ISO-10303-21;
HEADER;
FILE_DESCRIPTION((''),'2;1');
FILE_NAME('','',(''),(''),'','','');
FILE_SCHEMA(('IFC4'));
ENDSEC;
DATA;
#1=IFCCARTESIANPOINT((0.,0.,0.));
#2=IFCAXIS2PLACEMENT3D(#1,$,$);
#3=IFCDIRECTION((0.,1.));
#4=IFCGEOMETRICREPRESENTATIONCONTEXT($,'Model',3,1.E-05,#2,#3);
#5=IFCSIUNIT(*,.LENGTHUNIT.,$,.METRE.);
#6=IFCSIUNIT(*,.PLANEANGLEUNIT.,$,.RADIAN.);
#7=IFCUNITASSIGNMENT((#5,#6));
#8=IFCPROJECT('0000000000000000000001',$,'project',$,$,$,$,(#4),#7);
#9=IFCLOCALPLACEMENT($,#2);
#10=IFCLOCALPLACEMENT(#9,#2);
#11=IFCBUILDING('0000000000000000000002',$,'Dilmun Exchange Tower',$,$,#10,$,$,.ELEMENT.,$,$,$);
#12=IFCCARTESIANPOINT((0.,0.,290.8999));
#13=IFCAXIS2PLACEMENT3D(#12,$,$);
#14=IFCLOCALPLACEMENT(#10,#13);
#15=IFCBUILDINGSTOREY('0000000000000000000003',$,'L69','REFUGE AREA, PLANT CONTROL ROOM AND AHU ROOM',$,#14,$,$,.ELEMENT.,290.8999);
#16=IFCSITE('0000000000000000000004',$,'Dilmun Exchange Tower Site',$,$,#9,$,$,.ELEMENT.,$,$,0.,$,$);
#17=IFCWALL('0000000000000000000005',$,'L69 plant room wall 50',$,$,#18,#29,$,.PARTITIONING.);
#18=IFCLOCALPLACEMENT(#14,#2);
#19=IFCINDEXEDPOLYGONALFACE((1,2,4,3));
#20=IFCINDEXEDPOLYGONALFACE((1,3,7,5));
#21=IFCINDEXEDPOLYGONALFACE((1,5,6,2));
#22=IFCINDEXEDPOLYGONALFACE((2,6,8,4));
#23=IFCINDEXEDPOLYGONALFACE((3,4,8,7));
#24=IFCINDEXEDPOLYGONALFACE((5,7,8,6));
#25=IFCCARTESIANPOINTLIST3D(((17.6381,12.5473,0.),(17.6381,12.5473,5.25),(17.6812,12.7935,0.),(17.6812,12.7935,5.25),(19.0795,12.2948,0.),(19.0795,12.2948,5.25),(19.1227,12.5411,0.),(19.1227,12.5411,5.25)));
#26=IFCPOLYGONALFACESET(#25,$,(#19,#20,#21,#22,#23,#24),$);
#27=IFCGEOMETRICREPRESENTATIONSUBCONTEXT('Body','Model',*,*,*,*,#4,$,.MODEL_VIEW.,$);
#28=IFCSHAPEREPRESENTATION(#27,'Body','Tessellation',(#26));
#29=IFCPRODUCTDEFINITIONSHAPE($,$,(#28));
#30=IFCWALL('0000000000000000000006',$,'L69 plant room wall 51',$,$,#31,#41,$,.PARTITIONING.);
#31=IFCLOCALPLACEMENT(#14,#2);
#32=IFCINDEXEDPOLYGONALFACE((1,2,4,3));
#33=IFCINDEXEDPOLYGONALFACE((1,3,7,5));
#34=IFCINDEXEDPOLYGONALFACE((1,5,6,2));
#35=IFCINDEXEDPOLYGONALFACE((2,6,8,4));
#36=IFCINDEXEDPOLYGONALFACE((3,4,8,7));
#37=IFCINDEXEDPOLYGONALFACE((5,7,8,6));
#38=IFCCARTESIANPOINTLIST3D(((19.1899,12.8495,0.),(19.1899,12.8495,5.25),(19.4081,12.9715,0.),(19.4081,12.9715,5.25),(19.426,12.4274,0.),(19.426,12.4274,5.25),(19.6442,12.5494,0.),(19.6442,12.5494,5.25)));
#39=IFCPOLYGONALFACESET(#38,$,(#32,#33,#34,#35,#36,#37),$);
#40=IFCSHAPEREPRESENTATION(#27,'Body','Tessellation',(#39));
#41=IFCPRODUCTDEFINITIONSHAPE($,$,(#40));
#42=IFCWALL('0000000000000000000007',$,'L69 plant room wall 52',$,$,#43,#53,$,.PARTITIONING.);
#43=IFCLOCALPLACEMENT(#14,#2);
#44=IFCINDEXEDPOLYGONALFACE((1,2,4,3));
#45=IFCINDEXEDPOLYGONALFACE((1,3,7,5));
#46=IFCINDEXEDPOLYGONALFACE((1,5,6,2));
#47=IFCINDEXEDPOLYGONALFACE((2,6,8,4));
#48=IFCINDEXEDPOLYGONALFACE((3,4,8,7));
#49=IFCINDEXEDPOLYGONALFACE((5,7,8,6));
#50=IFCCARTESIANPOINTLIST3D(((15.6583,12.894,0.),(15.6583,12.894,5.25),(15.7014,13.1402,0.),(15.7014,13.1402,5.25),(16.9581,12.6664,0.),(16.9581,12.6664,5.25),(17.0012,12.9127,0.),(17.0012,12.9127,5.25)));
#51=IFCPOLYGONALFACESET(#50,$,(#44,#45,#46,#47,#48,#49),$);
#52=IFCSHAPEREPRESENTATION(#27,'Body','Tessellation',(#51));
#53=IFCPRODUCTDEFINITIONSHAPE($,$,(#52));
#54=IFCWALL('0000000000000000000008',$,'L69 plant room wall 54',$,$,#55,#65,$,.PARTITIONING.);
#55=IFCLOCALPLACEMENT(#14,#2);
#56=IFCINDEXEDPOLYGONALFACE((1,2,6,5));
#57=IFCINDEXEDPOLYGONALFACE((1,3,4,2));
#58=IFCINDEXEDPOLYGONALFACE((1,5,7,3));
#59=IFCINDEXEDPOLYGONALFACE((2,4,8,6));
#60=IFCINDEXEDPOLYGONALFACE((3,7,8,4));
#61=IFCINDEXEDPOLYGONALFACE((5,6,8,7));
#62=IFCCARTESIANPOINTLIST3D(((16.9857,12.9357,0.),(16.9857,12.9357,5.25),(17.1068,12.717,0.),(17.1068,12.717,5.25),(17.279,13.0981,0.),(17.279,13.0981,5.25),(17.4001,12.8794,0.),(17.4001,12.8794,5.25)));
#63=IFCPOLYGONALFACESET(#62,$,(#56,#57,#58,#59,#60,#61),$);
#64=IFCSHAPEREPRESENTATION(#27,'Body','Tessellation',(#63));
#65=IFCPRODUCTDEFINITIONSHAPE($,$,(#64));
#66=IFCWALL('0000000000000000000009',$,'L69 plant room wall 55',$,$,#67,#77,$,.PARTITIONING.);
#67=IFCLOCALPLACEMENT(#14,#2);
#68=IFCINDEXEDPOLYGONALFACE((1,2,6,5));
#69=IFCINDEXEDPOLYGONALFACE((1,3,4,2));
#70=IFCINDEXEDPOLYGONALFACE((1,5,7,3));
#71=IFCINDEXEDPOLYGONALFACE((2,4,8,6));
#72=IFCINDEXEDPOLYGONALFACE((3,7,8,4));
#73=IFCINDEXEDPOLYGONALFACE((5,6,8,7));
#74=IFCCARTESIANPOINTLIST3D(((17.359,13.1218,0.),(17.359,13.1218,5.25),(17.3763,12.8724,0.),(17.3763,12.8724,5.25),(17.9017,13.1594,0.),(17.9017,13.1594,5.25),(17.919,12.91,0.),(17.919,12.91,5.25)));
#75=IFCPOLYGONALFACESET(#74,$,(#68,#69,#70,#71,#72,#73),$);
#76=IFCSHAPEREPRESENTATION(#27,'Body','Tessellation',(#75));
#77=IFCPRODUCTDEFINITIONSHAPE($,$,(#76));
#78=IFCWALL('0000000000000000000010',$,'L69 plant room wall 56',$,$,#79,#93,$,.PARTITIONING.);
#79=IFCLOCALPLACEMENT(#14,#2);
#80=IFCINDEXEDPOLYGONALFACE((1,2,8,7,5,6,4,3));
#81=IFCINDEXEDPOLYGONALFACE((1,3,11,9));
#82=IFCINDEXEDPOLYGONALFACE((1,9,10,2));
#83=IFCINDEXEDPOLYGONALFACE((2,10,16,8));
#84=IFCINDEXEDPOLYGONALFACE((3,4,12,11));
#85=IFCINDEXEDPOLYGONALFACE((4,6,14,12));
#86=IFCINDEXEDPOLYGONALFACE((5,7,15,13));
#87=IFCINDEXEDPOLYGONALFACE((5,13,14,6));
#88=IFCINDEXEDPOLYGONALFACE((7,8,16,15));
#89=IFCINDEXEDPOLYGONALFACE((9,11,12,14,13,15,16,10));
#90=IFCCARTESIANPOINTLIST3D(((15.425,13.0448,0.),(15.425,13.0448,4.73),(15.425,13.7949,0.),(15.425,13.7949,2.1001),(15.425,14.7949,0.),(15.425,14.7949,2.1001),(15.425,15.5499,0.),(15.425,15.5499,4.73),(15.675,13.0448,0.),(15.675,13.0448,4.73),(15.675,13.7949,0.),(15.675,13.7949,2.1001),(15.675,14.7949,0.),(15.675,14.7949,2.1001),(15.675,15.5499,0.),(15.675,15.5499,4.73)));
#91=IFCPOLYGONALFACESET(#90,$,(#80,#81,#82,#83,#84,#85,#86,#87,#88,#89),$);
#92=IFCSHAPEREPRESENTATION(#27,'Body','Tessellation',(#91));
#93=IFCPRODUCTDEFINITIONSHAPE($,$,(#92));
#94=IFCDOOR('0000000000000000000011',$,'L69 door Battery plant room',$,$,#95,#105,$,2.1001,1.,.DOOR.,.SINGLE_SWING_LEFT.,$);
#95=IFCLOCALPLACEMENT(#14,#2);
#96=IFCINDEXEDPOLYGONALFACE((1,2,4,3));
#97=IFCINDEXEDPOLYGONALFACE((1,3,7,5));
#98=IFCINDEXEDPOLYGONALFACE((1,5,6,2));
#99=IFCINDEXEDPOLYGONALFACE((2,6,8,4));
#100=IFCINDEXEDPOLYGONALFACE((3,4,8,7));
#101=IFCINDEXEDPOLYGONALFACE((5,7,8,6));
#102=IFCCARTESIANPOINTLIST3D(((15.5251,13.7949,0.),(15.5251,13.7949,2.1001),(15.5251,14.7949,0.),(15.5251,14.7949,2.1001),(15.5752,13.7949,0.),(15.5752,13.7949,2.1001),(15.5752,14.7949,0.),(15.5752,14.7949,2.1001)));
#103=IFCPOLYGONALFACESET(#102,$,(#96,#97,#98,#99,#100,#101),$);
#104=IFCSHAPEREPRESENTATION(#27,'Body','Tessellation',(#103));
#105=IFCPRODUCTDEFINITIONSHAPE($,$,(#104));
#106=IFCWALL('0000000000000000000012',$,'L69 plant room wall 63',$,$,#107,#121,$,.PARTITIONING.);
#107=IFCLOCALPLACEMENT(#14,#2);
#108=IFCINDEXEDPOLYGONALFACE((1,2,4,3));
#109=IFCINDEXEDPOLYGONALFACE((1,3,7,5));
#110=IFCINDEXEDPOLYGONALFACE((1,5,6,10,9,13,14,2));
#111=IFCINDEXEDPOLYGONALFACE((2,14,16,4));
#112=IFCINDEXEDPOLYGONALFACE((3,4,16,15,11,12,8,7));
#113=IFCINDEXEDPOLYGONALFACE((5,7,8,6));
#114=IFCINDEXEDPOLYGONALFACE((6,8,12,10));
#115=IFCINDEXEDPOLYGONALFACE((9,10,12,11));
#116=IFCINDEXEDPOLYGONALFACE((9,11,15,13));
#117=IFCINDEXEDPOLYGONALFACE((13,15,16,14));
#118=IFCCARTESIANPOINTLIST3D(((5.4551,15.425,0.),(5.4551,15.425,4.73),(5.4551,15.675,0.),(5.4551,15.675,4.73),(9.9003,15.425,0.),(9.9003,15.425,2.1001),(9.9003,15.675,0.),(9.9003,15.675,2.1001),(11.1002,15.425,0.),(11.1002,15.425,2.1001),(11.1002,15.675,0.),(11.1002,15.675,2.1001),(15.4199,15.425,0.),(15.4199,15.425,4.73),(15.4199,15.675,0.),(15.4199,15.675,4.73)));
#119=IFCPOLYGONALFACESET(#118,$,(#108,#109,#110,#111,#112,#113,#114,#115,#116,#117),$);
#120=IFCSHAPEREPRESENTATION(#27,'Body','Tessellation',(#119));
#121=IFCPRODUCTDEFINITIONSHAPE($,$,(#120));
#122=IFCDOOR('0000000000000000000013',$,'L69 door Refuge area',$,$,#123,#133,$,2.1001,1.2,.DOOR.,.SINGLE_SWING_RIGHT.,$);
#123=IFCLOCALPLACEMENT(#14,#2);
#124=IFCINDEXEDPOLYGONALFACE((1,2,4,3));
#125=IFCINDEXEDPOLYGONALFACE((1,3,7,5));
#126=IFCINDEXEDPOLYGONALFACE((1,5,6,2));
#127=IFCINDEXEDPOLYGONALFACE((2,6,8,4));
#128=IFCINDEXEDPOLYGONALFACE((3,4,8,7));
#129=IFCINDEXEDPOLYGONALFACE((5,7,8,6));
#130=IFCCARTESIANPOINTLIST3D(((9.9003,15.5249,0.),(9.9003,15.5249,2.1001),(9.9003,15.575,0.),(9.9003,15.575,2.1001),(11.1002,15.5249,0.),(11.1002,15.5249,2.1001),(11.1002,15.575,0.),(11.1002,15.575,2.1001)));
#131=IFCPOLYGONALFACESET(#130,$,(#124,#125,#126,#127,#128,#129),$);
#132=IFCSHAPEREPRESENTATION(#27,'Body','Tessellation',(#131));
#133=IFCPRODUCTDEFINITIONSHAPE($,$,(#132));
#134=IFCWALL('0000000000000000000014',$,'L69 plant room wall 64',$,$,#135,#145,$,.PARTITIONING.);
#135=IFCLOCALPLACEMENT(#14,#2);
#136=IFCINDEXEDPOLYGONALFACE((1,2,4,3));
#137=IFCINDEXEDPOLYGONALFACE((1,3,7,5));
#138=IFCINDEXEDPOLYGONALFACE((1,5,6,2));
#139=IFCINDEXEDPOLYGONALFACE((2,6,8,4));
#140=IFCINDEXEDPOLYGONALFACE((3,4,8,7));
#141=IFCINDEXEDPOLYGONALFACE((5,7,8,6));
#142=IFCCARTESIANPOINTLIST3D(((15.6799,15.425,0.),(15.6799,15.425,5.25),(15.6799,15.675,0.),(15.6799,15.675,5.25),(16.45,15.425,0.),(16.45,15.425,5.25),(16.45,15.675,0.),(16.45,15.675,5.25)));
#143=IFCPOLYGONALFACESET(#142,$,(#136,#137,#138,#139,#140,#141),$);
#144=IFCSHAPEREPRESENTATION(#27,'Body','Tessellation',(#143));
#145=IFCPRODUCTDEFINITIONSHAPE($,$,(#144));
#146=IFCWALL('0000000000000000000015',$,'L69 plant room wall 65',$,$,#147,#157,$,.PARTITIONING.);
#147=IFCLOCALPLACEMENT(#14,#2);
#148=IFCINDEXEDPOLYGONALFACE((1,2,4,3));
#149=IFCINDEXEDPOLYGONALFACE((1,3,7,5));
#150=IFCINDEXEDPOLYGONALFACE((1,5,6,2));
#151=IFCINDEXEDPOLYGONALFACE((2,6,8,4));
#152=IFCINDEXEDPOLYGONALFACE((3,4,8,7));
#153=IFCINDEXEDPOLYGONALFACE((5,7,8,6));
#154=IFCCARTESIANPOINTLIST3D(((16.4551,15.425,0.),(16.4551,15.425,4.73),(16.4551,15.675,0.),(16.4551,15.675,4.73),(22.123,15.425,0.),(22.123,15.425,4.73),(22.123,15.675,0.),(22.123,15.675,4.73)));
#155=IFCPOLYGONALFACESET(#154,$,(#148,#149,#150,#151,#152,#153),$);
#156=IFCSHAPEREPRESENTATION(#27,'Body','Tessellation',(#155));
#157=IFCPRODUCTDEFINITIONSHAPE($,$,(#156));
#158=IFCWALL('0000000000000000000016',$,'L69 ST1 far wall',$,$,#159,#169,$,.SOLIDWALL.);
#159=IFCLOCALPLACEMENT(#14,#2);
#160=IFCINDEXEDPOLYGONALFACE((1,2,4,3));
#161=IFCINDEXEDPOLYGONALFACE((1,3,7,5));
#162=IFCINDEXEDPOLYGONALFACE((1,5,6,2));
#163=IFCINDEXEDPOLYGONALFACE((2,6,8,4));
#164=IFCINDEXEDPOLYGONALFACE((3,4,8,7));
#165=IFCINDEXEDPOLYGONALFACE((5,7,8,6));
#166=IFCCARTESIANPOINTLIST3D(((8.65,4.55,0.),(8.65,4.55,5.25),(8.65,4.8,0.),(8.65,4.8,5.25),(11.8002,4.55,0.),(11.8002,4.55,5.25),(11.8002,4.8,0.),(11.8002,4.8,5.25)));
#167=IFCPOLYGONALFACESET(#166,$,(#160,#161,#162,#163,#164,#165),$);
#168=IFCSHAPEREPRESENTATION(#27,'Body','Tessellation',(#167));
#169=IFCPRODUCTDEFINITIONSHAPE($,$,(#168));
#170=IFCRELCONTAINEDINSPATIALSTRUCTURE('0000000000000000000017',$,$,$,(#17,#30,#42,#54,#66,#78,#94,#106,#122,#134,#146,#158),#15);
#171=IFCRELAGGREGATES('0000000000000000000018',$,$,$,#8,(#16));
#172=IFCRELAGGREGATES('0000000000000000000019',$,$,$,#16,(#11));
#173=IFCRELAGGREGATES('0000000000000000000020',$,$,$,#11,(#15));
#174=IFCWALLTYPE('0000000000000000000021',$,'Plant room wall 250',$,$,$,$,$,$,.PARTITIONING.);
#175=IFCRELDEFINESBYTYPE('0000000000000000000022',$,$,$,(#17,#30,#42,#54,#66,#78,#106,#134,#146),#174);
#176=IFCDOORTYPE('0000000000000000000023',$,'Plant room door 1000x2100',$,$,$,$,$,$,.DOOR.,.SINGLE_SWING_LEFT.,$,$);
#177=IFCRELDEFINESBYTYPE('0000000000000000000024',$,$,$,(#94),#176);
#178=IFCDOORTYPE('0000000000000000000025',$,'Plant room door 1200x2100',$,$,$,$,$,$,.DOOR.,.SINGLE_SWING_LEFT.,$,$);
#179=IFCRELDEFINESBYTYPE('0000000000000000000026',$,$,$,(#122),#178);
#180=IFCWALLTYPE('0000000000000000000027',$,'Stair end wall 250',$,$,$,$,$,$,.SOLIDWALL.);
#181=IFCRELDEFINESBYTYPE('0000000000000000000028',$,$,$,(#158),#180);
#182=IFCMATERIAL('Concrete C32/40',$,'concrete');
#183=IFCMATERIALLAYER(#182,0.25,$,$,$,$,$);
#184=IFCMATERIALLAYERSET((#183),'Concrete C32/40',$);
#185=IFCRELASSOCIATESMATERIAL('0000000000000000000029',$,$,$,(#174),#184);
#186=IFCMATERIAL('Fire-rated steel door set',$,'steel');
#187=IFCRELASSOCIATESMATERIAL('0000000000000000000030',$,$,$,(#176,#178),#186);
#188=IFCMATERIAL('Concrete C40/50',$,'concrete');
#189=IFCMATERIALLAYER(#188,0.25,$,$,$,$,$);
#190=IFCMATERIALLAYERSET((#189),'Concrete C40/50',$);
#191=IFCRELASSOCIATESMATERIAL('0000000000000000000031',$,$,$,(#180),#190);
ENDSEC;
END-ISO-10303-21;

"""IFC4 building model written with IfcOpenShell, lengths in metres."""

from ifc_helpers import new_model, si_unit, direction, frame, frame_2d, origin, place, context, subcontext, project, spatial, rectangle, extrude, material, layer, layer_set, type_object, element, fill, save


model = new_model("IFC4")

# Units and contexts
model_context = context("Model", 3, precision=1e-05, world=origin(), true_north=direction((0.0, 1.0)))
body_context = subcontext(model_context, "Body", "Model", "MODEL_VIEW")
ifc_project = project(units=[si_unit("LENGTHUNIT", "METRE"), si_unit("PLANEANGLEUNIT", "RADIAN")], contexts=[model_context])

# Site, building, storey
site_placement = place(None, origin())
site = spatial("IfcSite", under=ifc_project, at=site_placement, Name="Dilmun Exchange Tower Site", CompositionType="ELEMENT", RefElevation=0.0)
building_placement = place(site_placement, origin())
building = spatial("IfcBuilding", under=site, at=building_placement, Name="Dilmun Exchange Tower", CompositionType="ELEMENT")
storey_placement = place(building_placement, frame((0.0, 0.0, 290.8999)))
storey = spatial("IfcBuildingStorey", under=building, at=storey_placement, Name="L69", Description="REFUGE AREA, PLANT CONTROL ROOM AND AHU ROOM", CompositionType="ELEMENT", Elevation=290.8999)

# Shared definitions
ifc_material_1 = material(Name="Concrete C40/50", Category="concrete")

# Shared definitions
ifc_material_2 = material(Name="Concrete C32/40", Category="concrete")
ifc_layer_1 = layer(ifc_material_2, 0.25)
ifc_layer_set_1 = layer_set([ifc_layer_1], Name="Concrete C32/40")
wall_type_1 = type_object("IfcWallType", Name="Plant room wall 250", PredefinedType="PARTITIONING", material=ifc_layer_set_1)
ifc_material_3 = material(Name="Fire-rated steel door set", Category="steel")
door_type_1 = type_object("IfcDoorType", Name="Plant room door 1000x2100", OperationType="SINGLE_SWING_LEFT", PredefinedType="DOOR", material=ifc_material_3)

# Walls
wall_1_placement = place(storey_placement, frame((17.6597, 12.6704, 0.0), z_axis=(0.0, 0.0, 1.0), x_axis=(0.985008, -0.17251, 0.0)))
element("IfcWall", 1, at=wall_1_placement, inside=storey, type_object=wall_type_1, Name="L69 plant room wall 50", PredefinedType="PARTITIONING", context=body_context, shape_type="SweptSolid", body=[
    extrude(rectangle(XDim=1.4634, YDim=0.25, at=frame_2d((0.7317, 0.0))), origin(), (0.0, 0.0, 1.0), 5.25),
])
wall_2_placement = place(storey_placement, frame((19.2991, 12.9104, 0.0), z_axis=(0.0, 0.0, 1.0), x_axis=(0.488127, -0.872773, 0.0)))
element("IfcWall", 2, at=wall_2_placement, inside=storey, type_object=wall_type_1, Name="L69 plant room wall 51", PredefinedType="PARTITIONING", context=body_context, shape_type="SweptSolid", body=[
    extrude(rectangle(XDim=0.4836, YDim=0.25, at=frame_2d((0.2417, 0.0))), origin(), (0.0, 0.0, 1.0), 5.25),
])
wall_3_placement = place(storey_placement, frame((15.6799, 13.0171, 0.0), z_axis=(0.0, 0.0, 1.0), x_axis=(0.985021, -0.172434, 0.0)))
element("IfcWall", 3, at=wall_3_placement, inside=storey, type_object=wall_type_1, Name="L69 plant room wall 52", PredefinedType="PARTITIONING", context=body_context, shape_type="SweptSolid", body=[
    extrude(rectangle(XDim=1.3196, YDim=0.25, at=frame_2d((0.6597, 0.0))), origin(), (0.0, 0.0, 1.0), 5.25),
])
wall_4_placement = place(storey_placement, frame((17.0464, 12.8264, 0.0), z_axis=(0.0, 0.0, 1.0), x_axis=(0.874844, 0.484405, 0.0)))
element("IfcWall", 4, at=wall_4_placement, inside=storey, type_object=wall_type_1, Name="L69 plant room wall 54", PredefinedType="PARTITIONING", context=body_context, shape_type="SweptSolid", body=[
    extrude(rectangle(XDim=0.3352, YDim=0.25, at=frame_2d((0.1675, 0.0))), origin(), (0.0, 0.0, 1.0), 5.25),
])
wall_5_placement = place(storey_placement, frame((17.3677, 12.9971, 0.0), z_axis=(0.0, 0.0, 1.0), x_axis=(0.997609, 0.06911, 0.0)))
element("IfcWall", 5, at=wall_5_placement, inside=storey, type_object=wall_type_1, Name="L69 plant room wall 55", PredefinedType="PARTITIONING", context=body_context, shape_type="SweptSolid", body=[
    extrude(rectangle(XDim=0.5439, YDim=0.25, at=frame_2d((0.272, 0.0))), origin(), (0.0, 0.0, 1.0), 5.25),
])

# Walls, openings, doors
wall_6_placement = place(storey_placement, frame((15.55, 13.0449, 0.0), z_axis=(0.0, 0.0, 1.0), x_axis=(0.0, 1.0, 0.0)))
wall_6 = element("IfcWall", 6, at=wall_6_placement, inside=storey, type_object=wall_type_1, Name="L69 plant room wall 56", PredefinedType="PARTITIONING", context=body_context, shape_type="SweptSolid", body=[
    extrude(rectangle(XDim=2.5051, YDim=0.25, at=frame_2d((1.2524, 0.0))), origin(), (0.0, 0.0, 1.0), 4.73),
])
opening_1_placement = place(wall_6_placement, frame((0.75, 0.0, 0.0)))
opening_1 = element("IfcOpeningElement", 7, at=opening_1_placement, cuts=wall_6, PredefinedType="OPENING", context=body_context, shape_type="SweptSolid", body=[
    extrude(rectangle(XDim=1.0, YDim=2.1001, at=frame_2d((0.5, 1.05))), frame((0.0, 0.135, 0.0), z_axis=(0.0, -1.0, 0.0), x_axis=(1.0, 0.0, 0.0)), (0.0, 0.0, 1.0), 0.27),
])
door_1_placement = place(opening_1_placement, origin())
door_1 = element("IfcDoor", 8, at=door_1_placement, inside=storey, type_object=door_type_1, Name="L69 door Battery plant room", OperationType="SINGLE_SWING_LEFT", OverallHeight=2.1001, OverallWidth=1.0, PredefinedType="DOOR", context=body_context, shape_type="SweptSolid", body=[
    extrude(rectangle(XDim=1.0, YDim=2.1001, at=frame_2d((0.5, 1.05))), frame((0.0, 0.0249, 0.0), z_axis=(0.0, -1.0, 0.0), x_axis=(1.0, 0.0, 0.0)), (0.0, 0.0, 1.0), 0.05),
])
fill(opening_1, door_1)
wall_7_placement = place(storey_placement, frame((5.4551, 15.55, 0.0), z_axis=(0.0, 0.0, 1.0), x_axis=(1.0, 0.0, 0.0)))
wall_7 = element("IfcWall", 9, at=wall_7_placement, inside=storey, type_object=wall_type_1, Name="L69 plant room wall 63", PredefinedType="PARTITIONING", context=body_context, shape_type="SweptSolid", body=[
    extrude(rectangle(XDim=9.9648, YDim=0.25, at=frame_2d((4.9824, 0.0))), origin(), (0.0, 0.0, 1.0), 4.73),
])
opening_2_placement = place(wall_7_placement, frame((4.4451, 0.0, 0.0)))
opening_2 = element("IfcOpeningElement", 10, at=opening_2_placement, cuts=wall_7, PredefinedType="OPENING", context=body_context, shape_type="SweptSolid", body=[
    extrude(rectangle(XDim=1.2, YDim=2.1001, at=frame_2d((0.6001, 1.05))), frame((0.0, 0.135, 0.0), z_axis=(0.0, -1.0, 0.0), x_axis=(1.0, 0.0, 0.0)), (0.0, 0.0, 1.0), 0.27),
])
door_type_2 = type_object("IfcDoorType", Name="Plant room door 1200x2100", OperationType="SINGLE_SWING_LEFT", PredefinedType="DOOR", material=ifc_material_3)
door_2_placement = place(opening_2_placement, origin())
door_2 = element("IfcDoor", 11, at=door_2_placement, inside=storey, type_object=door_type_2, Name="L69 door Refuge area", OperationType="SINGLE_SWING_RIGHT", OverallHeight=2.1001, OverallWidth=1.2, PredefinedType="DOOR", context=body_context, shape_type="SweptSolid", body=[
    extrude(rectangle(XDim=1.2, YDim=2.1001, at=frame_2d((0.6001, 1.05))), frame((0.0, 0.0249, 0.0), z_axis=(0.0, -1.0, 0.0), x_axis=(1.0, 0.0, 0.0)), (0.0, 0.0, 1.0), 0.05),
])
fill(opening_2, door_2)

# Walls
wall_8_placement = place(storey_placement, frame((15.6799, 15.55, 0.0), z_axis=(0.0, 0.0, 1.0), x_axis=(1.0, 0.0, 0.0)))
element("IfcWall", 12, at=wall_8_placement, inside=storey, type_object=wall_type_1, Name="L69 plant room wall 64", PredefinedType="PARTITIONING", context=body_context, shape_type="SweptSolid", body=[
    extrude(rectangle(XDim=0.77, YDim=0.25, at=frame_2d((0.385, 0.0))), origin(), (0.0, 0.0, 1.0), 5.25),
])
wall_9_placement = place(storey_placement, frame((16.4551, 15.55, 0.0), z_axis=(0.0, 0.0, 1.0), x_axis=(1.0, 0.0, 0.0)))
element("IfcWall", 13, at=wall_9_placement, inside=storey, type_object=wall_type_1, Name="L69 plant room wall 65", PredefinedType="PARTITIONING", context=body_context, shape_type="SweptSolid", body=[
    extrude(rectangle(XDim=5.668, YDim=0.25, at=frame_2d((2.834, 0.0))), origin(), (0.0, 0.0, 1.0), 4.73),
])
ifc_layer_2 = layer(ifc_material_1, 0.25)
ifc_layer_set_2 = layer_set([ifc_layer_2], Name="Concrete C40/50")
wall_type_2 = type_object("IfcWallType", Name="Stair end wall 250", PredefinedType="SOLIDWALL", material=ifc_layer_set_2)
wall_10_placement = place(storey_placement, frame((8.6499, 4.675, 0.0), z_axis=(0.0, 0.0, 1.0), x_axis=(1.0, 0.0, 0.0)))
element("IfcWall", 14, at=wall_10_placement, inside=storey, type_object=wall_type_2, Name="L69 ST1 far wall", PredefinedType="SOLIDWALL", context=body_context, shape_type="SweptSolid", body=[
    extrude(rectangle(XDim=3.1501, YDim=0.25, at=frame_2d((1.5752, 0.0))), origin(), (0.0, 0.0, 1.0), 5.25),
])

save(model, "model.ifc")
